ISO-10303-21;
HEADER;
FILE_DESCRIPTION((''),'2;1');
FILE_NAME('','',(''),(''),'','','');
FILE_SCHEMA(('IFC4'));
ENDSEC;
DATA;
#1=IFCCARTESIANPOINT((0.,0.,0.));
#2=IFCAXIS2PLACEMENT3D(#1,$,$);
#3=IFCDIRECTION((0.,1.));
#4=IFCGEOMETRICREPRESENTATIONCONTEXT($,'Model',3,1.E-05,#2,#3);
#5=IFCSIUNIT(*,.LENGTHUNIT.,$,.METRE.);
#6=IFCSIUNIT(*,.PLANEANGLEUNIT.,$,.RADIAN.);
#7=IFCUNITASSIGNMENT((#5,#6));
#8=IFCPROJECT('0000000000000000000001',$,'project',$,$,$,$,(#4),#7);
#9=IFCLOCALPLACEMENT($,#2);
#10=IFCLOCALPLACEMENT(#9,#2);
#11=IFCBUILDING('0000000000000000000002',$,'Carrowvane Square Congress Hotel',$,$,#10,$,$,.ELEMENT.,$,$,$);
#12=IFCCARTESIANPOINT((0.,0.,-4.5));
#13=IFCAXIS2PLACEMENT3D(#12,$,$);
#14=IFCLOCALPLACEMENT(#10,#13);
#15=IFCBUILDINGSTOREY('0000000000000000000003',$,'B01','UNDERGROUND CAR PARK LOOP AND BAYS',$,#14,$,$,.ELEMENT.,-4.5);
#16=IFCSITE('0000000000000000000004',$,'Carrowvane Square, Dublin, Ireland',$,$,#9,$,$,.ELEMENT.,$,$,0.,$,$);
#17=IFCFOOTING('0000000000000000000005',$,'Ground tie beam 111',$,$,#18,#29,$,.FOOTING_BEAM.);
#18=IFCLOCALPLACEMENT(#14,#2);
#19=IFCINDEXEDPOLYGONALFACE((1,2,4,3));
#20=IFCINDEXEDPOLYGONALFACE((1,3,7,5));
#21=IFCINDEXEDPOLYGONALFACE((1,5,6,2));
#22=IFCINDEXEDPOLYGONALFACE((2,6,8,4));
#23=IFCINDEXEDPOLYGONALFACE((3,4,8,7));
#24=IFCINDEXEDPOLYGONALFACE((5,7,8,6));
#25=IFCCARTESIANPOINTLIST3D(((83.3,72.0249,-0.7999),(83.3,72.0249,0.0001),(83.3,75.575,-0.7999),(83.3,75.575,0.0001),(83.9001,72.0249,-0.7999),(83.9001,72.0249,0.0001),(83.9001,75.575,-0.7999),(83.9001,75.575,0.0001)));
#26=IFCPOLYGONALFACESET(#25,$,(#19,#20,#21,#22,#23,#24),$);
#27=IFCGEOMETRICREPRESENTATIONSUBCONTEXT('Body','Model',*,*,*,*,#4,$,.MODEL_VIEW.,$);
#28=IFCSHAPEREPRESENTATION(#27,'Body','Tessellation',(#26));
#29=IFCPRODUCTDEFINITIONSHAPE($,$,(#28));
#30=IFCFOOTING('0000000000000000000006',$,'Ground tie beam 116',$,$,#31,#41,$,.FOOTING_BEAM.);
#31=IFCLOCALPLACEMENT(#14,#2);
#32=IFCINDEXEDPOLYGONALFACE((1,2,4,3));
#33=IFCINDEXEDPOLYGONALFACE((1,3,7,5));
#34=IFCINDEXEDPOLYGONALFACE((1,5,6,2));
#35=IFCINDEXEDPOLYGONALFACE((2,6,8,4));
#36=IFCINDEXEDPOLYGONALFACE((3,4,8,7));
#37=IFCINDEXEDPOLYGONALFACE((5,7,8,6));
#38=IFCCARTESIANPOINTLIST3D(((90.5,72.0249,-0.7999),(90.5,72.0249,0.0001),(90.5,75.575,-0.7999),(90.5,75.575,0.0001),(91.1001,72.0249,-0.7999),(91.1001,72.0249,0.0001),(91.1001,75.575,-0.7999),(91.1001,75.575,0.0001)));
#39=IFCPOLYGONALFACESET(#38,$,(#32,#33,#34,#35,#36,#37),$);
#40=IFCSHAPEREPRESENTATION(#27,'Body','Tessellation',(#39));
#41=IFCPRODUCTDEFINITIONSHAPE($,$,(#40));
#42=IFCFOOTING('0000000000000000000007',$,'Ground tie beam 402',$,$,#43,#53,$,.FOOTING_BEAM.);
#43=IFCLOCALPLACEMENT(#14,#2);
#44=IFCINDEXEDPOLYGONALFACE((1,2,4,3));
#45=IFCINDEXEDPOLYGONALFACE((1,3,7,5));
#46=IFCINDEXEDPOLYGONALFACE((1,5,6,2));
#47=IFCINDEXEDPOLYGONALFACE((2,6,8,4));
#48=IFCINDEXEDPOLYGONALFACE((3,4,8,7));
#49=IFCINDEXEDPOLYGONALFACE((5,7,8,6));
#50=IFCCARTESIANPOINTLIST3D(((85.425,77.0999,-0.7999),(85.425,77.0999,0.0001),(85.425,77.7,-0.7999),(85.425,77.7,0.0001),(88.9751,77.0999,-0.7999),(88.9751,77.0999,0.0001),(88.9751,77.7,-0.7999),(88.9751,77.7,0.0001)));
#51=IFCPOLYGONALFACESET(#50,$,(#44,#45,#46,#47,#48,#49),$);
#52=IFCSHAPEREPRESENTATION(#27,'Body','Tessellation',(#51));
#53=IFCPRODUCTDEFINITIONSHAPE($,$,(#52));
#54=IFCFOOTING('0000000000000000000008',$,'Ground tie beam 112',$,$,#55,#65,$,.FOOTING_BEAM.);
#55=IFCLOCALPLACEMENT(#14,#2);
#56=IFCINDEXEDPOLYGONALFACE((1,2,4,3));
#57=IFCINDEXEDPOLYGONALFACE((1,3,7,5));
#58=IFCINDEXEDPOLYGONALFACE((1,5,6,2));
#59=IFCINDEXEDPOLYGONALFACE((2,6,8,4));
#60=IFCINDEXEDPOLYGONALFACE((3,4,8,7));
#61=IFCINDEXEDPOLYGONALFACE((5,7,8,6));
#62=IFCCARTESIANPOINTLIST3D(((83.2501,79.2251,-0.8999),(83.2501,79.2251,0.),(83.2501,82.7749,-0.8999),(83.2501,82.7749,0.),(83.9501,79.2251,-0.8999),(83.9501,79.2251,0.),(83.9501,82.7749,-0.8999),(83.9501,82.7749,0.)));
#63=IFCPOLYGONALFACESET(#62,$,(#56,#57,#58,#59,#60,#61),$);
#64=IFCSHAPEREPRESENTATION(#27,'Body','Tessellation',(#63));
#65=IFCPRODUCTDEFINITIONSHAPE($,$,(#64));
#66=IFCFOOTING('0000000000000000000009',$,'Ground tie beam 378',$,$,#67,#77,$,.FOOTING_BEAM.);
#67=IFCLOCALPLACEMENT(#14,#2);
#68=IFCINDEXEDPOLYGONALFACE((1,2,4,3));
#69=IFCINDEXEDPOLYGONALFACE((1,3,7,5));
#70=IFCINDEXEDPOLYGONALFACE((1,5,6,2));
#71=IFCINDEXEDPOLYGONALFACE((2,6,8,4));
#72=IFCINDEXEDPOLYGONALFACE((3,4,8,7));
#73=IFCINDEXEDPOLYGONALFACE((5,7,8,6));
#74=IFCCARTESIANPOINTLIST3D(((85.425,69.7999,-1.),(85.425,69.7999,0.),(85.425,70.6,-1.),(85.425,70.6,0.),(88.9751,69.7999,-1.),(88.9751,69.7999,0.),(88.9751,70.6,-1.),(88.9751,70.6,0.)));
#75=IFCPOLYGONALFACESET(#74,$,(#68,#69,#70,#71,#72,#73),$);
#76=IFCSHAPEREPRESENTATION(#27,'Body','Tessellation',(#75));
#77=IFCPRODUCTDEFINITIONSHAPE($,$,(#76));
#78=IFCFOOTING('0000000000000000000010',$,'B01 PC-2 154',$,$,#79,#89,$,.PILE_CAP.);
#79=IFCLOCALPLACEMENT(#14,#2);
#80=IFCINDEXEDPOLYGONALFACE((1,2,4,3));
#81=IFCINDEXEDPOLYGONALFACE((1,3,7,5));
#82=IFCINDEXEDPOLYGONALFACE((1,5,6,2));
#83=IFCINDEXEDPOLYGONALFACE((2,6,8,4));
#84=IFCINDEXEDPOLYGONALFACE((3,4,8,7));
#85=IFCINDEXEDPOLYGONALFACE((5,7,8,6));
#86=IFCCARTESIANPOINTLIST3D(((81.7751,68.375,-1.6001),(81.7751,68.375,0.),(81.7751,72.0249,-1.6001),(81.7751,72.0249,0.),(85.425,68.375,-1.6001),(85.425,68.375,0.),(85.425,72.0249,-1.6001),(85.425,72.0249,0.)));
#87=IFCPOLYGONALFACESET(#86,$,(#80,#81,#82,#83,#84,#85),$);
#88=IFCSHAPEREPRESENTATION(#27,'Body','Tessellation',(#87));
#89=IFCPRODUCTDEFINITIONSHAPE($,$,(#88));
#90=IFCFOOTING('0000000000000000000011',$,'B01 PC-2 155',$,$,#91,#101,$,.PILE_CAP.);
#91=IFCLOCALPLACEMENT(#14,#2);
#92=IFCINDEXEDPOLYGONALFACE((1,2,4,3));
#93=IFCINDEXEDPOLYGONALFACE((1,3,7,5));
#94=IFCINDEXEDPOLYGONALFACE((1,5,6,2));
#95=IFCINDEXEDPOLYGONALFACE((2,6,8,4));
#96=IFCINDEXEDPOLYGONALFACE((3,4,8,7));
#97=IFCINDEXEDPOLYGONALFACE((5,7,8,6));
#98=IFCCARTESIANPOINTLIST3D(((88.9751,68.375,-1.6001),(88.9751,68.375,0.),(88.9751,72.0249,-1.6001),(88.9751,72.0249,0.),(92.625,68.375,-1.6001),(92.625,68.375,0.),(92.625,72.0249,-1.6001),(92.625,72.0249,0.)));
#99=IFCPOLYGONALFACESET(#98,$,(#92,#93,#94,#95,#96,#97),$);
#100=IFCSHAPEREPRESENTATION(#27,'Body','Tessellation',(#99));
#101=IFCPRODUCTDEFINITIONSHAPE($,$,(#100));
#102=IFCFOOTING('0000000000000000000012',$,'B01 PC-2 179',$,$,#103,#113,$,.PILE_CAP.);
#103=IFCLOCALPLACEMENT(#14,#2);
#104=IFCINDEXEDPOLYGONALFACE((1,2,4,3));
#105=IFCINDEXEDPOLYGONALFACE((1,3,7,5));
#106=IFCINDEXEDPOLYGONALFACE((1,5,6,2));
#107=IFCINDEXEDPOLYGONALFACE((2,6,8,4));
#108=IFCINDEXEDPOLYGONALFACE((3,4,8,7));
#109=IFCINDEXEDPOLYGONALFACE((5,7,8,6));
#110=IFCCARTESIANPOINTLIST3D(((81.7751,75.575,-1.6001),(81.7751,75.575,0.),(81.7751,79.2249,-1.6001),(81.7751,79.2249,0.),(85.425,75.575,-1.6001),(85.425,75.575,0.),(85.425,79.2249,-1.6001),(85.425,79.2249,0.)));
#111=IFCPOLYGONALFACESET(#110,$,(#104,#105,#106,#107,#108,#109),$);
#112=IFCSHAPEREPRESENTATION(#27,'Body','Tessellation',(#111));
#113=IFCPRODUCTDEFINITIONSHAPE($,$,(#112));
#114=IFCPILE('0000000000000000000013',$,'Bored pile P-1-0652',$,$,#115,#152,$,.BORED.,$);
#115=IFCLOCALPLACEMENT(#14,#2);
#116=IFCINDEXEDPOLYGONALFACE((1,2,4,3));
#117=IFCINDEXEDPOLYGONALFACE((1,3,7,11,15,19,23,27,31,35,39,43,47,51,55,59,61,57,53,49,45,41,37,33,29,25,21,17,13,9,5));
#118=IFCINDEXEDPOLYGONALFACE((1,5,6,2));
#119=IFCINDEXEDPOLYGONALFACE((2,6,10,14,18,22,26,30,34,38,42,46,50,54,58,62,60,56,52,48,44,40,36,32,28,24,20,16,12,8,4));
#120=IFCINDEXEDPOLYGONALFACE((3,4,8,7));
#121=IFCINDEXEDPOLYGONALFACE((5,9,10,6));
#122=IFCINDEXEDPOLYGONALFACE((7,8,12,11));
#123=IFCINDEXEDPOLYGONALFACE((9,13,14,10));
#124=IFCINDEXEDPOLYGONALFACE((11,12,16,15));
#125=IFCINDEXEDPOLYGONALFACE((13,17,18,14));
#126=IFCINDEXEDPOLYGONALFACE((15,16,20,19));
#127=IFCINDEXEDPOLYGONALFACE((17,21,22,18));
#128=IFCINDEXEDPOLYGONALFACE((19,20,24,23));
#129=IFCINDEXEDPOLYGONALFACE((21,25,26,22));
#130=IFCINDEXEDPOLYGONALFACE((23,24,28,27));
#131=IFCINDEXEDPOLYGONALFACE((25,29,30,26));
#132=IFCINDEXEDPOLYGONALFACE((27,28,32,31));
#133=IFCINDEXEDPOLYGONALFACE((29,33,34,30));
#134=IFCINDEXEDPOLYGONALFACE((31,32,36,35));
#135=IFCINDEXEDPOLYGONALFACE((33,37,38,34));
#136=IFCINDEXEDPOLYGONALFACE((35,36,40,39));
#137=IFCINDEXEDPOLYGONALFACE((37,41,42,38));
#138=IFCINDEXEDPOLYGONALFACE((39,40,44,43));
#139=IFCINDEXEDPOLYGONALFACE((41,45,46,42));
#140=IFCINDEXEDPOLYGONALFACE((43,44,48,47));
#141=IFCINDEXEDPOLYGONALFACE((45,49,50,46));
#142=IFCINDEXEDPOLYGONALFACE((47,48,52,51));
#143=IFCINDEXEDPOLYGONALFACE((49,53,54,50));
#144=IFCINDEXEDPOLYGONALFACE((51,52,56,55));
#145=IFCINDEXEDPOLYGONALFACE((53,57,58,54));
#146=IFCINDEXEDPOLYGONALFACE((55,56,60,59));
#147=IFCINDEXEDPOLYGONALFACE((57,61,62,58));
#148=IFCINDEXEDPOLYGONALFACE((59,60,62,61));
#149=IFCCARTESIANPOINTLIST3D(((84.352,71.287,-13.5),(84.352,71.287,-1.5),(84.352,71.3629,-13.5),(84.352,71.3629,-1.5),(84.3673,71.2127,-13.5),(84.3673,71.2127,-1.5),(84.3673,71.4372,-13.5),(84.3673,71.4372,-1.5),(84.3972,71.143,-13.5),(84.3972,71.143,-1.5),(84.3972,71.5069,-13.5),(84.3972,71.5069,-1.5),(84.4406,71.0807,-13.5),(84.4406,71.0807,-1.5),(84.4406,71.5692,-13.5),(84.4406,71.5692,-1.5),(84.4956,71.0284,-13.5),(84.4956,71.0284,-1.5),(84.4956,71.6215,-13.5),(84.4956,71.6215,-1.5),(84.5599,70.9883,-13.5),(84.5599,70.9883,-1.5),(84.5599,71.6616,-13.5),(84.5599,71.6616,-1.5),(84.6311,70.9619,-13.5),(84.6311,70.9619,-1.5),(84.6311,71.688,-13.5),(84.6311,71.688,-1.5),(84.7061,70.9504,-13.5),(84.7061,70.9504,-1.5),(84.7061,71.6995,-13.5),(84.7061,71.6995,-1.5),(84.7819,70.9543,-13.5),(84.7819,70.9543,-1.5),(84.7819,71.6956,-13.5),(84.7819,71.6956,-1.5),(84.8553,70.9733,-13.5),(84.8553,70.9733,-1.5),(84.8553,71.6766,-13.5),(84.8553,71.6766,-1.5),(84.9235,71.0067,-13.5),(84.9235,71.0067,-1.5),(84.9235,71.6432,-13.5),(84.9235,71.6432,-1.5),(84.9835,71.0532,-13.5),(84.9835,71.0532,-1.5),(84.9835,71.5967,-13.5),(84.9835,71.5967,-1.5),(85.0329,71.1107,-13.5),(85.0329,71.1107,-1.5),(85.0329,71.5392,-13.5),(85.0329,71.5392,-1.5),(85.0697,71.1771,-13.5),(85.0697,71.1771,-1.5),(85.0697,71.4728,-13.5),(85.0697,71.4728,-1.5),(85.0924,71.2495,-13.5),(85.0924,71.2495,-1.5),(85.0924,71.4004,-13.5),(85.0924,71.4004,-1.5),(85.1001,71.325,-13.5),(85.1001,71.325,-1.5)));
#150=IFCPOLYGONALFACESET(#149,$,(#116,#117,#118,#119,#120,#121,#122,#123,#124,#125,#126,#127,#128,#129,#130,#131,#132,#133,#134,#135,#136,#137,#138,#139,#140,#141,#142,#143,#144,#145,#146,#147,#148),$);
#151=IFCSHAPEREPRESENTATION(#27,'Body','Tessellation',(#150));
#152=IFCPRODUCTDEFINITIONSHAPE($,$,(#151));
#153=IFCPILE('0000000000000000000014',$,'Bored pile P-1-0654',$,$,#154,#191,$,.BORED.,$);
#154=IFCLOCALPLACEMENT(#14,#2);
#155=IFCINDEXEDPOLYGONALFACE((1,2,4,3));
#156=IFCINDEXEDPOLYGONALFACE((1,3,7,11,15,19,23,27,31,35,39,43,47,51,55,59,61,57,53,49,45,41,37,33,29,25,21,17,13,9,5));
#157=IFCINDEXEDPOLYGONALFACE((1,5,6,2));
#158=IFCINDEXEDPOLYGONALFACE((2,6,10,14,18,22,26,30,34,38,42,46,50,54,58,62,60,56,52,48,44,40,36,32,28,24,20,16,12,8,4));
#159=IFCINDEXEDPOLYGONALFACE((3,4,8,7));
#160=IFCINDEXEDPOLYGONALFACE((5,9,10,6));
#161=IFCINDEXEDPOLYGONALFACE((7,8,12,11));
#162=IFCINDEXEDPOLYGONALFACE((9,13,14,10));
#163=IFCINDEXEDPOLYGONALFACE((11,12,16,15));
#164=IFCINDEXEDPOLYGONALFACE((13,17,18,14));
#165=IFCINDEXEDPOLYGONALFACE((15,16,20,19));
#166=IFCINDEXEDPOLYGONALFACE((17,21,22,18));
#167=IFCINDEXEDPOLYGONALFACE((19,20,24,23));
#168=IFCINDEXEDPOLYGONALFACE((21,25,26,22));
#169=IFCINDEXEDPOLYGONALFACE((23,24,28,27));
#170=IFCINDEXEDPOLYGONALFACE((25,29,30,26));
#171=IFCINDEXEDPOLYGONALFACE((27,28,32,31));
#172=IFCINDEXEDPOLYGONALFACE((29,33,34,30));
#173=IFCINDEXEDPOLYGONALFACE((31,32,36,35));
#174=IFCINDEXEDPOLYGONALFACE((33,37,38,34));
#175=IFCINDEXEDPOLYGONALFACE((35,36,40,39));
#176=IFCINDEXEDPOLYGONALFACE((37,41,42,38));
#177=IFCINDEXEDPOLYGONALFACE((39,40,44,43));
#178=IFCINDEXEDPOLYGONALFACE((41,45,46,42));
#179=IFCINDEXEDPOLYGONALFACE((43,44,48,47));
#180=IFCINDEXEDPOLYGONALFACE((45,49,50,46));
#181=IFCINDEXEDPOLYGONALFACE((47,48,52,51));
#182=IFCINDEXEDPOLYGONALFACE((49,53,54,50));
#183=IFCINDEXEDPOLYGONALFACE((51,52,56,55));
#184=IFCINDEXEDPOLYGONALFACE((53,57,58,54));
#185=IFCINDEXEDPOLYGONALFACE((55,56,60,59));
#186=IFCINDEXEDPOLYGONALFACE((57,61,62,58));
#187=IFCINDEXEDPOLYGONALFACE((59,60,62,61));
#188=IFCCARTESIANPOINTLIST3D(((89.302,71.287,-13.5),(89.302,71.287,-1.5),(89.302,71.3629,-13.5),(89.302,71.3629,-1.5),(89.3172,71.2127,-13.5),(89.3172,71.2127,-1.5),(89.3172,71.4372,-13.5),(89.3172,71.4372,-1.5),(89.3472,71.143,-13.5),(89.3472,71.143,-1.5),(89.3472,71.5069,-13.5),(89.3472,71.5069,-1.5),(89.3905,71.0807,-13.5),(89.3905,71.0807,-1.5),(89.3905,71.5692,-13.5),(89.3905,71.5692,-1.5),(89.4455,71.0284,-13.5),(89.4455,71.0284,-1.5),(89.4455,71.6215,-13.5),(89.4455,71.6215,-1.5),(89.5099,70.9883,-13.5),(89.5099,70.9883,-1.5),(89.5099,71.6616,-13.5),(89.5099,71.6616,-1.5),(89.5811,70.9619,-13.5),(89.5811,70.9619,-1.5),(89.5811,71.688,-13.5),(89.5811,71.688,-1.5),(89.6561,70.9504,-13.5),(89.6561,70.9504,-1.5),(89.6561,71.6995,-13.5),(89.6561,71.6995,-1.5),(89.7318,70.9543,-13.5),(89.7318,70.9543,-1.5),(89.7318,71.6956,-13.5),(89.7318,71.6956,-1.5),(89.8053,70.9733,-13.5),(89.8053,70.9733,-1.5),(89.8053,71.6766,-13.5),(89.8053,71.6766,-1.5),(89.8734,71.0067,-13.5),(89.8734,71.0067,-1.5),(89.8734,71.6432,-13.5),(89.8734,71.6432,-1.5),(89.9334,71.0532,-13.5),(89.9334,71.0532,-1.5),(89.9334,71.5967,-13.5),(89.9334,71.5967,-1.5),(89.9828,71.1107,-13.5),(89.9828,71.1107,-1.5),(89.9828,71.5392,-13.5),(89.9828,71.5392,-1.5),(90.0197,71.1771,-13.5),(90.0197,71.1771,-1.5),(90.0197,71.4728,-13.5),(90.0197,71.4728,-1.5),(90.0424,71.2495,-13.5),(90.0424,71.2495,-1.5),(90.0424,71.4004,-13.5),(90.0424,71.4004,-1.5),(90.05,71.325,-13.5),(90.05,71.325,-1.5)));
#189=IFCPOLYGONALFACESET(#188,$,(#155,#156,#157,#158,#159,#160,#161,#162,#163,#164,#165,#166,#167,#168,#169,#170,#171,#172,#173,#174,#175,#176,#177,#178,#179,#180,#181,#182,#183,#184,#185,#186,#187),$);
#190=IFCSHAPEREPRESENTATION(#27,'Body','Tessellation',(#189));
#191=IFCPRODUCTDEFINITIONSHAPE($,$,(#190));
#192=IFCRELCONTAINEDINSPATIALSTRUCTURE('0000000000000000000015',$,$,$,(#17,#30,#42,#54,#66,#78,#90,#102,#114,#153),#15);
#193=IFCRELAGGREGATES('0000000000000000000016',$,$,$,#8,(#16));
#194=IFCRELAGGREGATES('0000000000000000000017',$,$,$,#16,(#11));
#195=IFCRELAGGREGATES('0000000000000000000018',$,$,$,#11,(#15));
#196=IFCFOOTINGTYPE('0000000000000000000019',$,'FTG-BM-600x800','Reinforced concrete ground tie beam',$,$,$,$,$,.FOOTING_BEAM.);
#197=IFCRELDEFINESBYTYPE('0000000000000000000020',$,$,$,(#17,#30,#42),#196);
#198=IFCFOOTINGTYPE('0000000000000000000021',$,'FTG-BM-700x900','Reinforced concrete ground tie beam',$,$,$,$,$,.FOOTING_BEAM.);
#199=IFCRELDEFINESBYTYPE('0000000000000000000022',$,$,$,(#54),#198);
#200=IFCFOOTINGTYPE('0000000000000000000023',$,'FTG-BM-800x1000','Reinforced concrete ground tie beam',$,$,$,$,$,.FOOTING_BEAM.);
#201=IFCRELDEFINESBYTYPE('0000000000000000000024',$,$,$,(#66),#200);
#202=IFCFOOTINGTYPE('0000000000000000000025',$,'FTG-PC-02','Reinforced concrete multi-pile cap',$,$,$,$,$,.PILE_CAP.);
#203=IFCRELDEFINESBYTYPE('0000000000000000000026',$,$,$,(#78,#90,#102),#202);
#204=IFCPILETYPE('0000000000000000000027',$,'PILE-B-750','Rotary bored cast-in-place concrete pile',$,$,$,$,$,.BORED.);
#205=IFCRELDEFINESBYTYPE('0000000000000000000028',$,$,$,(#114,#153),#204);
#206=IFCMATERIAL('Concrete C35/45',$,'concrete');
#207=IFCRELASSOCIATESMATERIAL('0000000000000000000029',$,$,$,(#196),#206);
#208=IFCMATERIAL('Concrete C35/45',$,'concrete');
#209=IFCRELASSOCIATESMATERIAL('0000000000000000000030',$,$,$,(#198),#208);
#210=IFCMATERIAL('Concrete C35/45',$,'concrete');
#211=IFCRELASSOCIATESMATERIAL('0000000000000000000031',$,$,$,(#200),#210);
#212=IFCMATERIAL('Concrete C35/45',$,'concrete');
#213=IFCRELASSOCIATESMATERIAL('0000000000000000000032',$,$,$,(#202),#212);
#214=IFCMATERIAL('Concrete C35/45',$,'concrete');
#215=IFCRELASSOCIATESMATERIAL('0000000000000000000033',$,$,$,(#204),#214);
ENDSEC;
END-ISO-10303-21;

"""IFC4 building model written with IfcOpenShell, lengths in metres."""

from ifc_helpers import new_model, si_unit, direction, frame, origin, origin_2d, place, context, subcontext, project, spatial, rectangle, circle, extrude, material, material_profile, profile_set, type_object, element, save


model = new_model("IFC4")

# Units and contexts
model_context = context("Model", 3, precision=1e-05, world=origin(), true_north=direction((0.0, 1.0)))
body_context = subcontext(model_context, "Body", "Model", "MODEL_VIEW")
ifc_project = project(units=[si_unit("LENGTHUNIT", "METRE"), si_unit("PLANEANGLEUNIT", "RADIAN")], contexts=[model_context])

# Site, building, storey
site_placement = place(None, origin())
site = spatial("IfcSite", under=ifc_project, at=site_placement, Name="Carrowvane Square, Dublin, Ireland", CompositionType="ELEMENT", RefElevation=0.0)
building_placement = place(site_placement, origin())
building = spatial("IfcBuilding", under=site, at=building_placement, Name="Carrowvane Square Congress Hotel", CompositionType="ELEMENT")
storey_placement = place(building_placement, frame((0.0, 0.0, -4.5)))
storey = spatial("IfcBuildingStorey", under=building, at=storey_placement, Name="B01", Description="UNDERGROUND CAR PARK LOOP AND BAYS", CompositionType="ELEMENT", Elevation=-4.5)

# Footings
ifc_material_1 = material(Name="Concrete C35/45", Category="concrete")
ifc_material_profile_1 = material_profile(ifc_material_1, rectangle(XDim=0.6001, YDim=0.8, at=origin_2d()), Name="RC 600x800")
ifc_profile_set_1 = profile_set([ifc_material_profile_1], Name="Concrete C35/45")
footing_type_1 = type_object("IfcFootingType", Name="FTG-BM-600x800", Description="Reinforced concrete ground tie beam", PredefinedType="FOOTING_BEAM", material=ifc_profile_set_1)
for number, where, z_axis, x_axis, name in (
    (1, (83.6001, 72.0249, -0.3999), (0.0, 1.0, 0.0), (-1.0, 0.0, 0.0), "Ground tie beam 111"),
    (2, (90.8, 72.0249, -0.3999), (0.0, 1.0, 0.0), (-1.0, 0.0, 0.0), "Ground tie beam 116"),
    (3, (85.425, 77.3999, -0.3999), (1.0, 0.0, 0.0), (0.0, 1.0, 0.0), "Ground tie beam 402"),
):
    element("IfcFooting", number, at=place(storey_placement, frame(where, z_axis=z_axis, x_axis=x_axis)), inside=storey, type_object=footing_type_1, Name=name, PredefinedType="FOOTING_BEAM", context=body_context, shape_type="SweptSolid", body=[
        extrude(rectangle(XDim=0.6001, YDim=0.8, at=origin_2d()), origin(), (0.0, 0.0, 1.0), 3.55),
    ])
ifc_material_2 = material(Name="Concrete C35/45", Category="concrete")
ifc_material_profile_2 = material_profile(ifc_material_2, rectangle(XDim=0.7, YDim=0.8999, at=origin_2d()), Name="RC 700x900")
ifc_profile_set_2 = profile_set([ifc_material_profile_2], Name="Concrete C35/45")
footing_type_2 = type_object("IfcFootingType", Name="FTG-BM-700x900", Description="Reinforced concrete ground tie beam", PredefinedType="FOOTING_BEAM", material=ifc_profile_set_2)
footing_1_placement = place(storey_placement, frame((83.6001, 79.2251, -0.45), z_axis=(0.0, 1.0, 0.0), x_axis=(-1.0, 0.0, 0.0)))
element("IfcFooting", 4, at=footing_1_placement, inside=storey, type_object=footing_type_2, Name="Ground tie beam 112", PredefinedType="FOOTING_BEAM", context=body_context, shape_type="SweptSolid", body=[
    extrude(rectangle(XDim=0.7, YDim=0.8999, at=origin_2d()), origin(), (0.0, 0.0, 1.0), 3.5498),
])
ifc_material_3 = material(Name="Concrete C35/45", Category="concrete")
ifc_material_profile_3 = material_profile(ifc_material_3, rectangle(XDim=0.8, YDim=1.0, at=origin_2d()), Name="RC 800x1000")
ifc_profile_set_3 = profile_set([ifc_material_profile_3], Name="Concrete C35/45")
footing_type_3 = type_object("IfcFootingType", Name="FTG-BM-800x1000", Description="Reinforced concrete ground tie beam", PredefinedType="FOOTING_BEAM", material=ifc_profile_set_3)
footing_2_placement = place(storey_placement, frame((85.425, 70.2, -0.5), z_axis=(1.0, 0.0, 0.0), x_axis=(0.0, 1.0, 0.0)))
element("IfcFooting", 5, at=footing_2_placement, inside=storey, type_object=footing_type_3, Name="Ground tie beam 378", PredefinedType="FOOTING_BEAM", context=body_context, shape_type="SweptSolid", body=[
    extrude(rectangle(XDim=0.8, YDim=1.0, at=origin_2d()), origin(), (0.0, 0.0, 1.0), 3.55),
])
ifc_material_4 = material(Name="Concrete C35/45", Category="concrete")
footing_type_4 = type_object("IfcFootingType", Name="FTG-PC-02", Description="Reinforced concrete multi-pile cap", PredefinedType="PILE_CAP", material=ifc_material_4)
for number, where, z_axis, x_axis, name in (
    (6, (83.6001, 70.2, -1.6001), (0.0, 0.0, 1.0), (1.0, 0.0, 0.0), "B01 PC-2 154"),
    (7, (90.8, 70.2, -1.6001), (0.0, 0.0, 1.0), (1.0, 0.0, 0.0), "B01 PC-2 155"),
    (8, (83.6001, 77.3999, -1.6001), (0.0, 0.0, 1.0), (1.0, 0.0, 0.0), "B01 PC-2 179"),
):
    element("IfcFooting", number, at=place(storey_placement, frame(where, z_axis=z_axis, x_axis=x_axis)), inside=storey, type_object=footing_type_4, Name=name, PredefinedType="PILE_CAP", context=body_context, shape_type="SweptSolid", body=[
        extrude(rectangle(XDim=3.6499, YDim=3.6499, at=origin_2d()), origin(), (0.0, 0.0, 1.0), 1.6001),
    ])

# Piles
ifc_material_5 = material(Name="Concrete C35/45", Category="concrete")
ifc_material_profile_4 = material_profile(ifc_material_5, circle(Radius=0.375, at=origin_2d()), Name="PILE D750")
ifc_profile_set_4 = profile_set([ifc_material_profile_4], Name="Concrete C35/45")
pile_type = type_object("IfcPileType", Name="PILE-B-750", Description="Rotary bored cast-in-place concrete pile", PredefinedType="BORED", material=ifc_profile_set_4)
for number, where, z_axis, x_axis, name in (
    (9, (84.7251, 71.325, -1.5), (0.0, 0.0, -1.0), (1.0, 0.0, 0.0), "Bored pile P-1-0652"),
    (10, (89.675, 71.325, -1.5), (0.0, 0.0, -1.0), (1.0, 0.0, 0.0), "Bored pile P-1-0654"),
):
    element("IfcPile", number, at=place(storey_placement, frame(where, z_axis=z_axis, x_axis=x_axis)), inside=storey, type_object=pile_type, Name=name, PredefinedType="BORED", context=body_context, shape_type="SweptSolid", body=[
        extrude(circle(Radius=0.375, at=origin_2d()), origin(), (0.0, 0.0, 1.0), 12.0),
    ])

save(model, "model.ifc")
